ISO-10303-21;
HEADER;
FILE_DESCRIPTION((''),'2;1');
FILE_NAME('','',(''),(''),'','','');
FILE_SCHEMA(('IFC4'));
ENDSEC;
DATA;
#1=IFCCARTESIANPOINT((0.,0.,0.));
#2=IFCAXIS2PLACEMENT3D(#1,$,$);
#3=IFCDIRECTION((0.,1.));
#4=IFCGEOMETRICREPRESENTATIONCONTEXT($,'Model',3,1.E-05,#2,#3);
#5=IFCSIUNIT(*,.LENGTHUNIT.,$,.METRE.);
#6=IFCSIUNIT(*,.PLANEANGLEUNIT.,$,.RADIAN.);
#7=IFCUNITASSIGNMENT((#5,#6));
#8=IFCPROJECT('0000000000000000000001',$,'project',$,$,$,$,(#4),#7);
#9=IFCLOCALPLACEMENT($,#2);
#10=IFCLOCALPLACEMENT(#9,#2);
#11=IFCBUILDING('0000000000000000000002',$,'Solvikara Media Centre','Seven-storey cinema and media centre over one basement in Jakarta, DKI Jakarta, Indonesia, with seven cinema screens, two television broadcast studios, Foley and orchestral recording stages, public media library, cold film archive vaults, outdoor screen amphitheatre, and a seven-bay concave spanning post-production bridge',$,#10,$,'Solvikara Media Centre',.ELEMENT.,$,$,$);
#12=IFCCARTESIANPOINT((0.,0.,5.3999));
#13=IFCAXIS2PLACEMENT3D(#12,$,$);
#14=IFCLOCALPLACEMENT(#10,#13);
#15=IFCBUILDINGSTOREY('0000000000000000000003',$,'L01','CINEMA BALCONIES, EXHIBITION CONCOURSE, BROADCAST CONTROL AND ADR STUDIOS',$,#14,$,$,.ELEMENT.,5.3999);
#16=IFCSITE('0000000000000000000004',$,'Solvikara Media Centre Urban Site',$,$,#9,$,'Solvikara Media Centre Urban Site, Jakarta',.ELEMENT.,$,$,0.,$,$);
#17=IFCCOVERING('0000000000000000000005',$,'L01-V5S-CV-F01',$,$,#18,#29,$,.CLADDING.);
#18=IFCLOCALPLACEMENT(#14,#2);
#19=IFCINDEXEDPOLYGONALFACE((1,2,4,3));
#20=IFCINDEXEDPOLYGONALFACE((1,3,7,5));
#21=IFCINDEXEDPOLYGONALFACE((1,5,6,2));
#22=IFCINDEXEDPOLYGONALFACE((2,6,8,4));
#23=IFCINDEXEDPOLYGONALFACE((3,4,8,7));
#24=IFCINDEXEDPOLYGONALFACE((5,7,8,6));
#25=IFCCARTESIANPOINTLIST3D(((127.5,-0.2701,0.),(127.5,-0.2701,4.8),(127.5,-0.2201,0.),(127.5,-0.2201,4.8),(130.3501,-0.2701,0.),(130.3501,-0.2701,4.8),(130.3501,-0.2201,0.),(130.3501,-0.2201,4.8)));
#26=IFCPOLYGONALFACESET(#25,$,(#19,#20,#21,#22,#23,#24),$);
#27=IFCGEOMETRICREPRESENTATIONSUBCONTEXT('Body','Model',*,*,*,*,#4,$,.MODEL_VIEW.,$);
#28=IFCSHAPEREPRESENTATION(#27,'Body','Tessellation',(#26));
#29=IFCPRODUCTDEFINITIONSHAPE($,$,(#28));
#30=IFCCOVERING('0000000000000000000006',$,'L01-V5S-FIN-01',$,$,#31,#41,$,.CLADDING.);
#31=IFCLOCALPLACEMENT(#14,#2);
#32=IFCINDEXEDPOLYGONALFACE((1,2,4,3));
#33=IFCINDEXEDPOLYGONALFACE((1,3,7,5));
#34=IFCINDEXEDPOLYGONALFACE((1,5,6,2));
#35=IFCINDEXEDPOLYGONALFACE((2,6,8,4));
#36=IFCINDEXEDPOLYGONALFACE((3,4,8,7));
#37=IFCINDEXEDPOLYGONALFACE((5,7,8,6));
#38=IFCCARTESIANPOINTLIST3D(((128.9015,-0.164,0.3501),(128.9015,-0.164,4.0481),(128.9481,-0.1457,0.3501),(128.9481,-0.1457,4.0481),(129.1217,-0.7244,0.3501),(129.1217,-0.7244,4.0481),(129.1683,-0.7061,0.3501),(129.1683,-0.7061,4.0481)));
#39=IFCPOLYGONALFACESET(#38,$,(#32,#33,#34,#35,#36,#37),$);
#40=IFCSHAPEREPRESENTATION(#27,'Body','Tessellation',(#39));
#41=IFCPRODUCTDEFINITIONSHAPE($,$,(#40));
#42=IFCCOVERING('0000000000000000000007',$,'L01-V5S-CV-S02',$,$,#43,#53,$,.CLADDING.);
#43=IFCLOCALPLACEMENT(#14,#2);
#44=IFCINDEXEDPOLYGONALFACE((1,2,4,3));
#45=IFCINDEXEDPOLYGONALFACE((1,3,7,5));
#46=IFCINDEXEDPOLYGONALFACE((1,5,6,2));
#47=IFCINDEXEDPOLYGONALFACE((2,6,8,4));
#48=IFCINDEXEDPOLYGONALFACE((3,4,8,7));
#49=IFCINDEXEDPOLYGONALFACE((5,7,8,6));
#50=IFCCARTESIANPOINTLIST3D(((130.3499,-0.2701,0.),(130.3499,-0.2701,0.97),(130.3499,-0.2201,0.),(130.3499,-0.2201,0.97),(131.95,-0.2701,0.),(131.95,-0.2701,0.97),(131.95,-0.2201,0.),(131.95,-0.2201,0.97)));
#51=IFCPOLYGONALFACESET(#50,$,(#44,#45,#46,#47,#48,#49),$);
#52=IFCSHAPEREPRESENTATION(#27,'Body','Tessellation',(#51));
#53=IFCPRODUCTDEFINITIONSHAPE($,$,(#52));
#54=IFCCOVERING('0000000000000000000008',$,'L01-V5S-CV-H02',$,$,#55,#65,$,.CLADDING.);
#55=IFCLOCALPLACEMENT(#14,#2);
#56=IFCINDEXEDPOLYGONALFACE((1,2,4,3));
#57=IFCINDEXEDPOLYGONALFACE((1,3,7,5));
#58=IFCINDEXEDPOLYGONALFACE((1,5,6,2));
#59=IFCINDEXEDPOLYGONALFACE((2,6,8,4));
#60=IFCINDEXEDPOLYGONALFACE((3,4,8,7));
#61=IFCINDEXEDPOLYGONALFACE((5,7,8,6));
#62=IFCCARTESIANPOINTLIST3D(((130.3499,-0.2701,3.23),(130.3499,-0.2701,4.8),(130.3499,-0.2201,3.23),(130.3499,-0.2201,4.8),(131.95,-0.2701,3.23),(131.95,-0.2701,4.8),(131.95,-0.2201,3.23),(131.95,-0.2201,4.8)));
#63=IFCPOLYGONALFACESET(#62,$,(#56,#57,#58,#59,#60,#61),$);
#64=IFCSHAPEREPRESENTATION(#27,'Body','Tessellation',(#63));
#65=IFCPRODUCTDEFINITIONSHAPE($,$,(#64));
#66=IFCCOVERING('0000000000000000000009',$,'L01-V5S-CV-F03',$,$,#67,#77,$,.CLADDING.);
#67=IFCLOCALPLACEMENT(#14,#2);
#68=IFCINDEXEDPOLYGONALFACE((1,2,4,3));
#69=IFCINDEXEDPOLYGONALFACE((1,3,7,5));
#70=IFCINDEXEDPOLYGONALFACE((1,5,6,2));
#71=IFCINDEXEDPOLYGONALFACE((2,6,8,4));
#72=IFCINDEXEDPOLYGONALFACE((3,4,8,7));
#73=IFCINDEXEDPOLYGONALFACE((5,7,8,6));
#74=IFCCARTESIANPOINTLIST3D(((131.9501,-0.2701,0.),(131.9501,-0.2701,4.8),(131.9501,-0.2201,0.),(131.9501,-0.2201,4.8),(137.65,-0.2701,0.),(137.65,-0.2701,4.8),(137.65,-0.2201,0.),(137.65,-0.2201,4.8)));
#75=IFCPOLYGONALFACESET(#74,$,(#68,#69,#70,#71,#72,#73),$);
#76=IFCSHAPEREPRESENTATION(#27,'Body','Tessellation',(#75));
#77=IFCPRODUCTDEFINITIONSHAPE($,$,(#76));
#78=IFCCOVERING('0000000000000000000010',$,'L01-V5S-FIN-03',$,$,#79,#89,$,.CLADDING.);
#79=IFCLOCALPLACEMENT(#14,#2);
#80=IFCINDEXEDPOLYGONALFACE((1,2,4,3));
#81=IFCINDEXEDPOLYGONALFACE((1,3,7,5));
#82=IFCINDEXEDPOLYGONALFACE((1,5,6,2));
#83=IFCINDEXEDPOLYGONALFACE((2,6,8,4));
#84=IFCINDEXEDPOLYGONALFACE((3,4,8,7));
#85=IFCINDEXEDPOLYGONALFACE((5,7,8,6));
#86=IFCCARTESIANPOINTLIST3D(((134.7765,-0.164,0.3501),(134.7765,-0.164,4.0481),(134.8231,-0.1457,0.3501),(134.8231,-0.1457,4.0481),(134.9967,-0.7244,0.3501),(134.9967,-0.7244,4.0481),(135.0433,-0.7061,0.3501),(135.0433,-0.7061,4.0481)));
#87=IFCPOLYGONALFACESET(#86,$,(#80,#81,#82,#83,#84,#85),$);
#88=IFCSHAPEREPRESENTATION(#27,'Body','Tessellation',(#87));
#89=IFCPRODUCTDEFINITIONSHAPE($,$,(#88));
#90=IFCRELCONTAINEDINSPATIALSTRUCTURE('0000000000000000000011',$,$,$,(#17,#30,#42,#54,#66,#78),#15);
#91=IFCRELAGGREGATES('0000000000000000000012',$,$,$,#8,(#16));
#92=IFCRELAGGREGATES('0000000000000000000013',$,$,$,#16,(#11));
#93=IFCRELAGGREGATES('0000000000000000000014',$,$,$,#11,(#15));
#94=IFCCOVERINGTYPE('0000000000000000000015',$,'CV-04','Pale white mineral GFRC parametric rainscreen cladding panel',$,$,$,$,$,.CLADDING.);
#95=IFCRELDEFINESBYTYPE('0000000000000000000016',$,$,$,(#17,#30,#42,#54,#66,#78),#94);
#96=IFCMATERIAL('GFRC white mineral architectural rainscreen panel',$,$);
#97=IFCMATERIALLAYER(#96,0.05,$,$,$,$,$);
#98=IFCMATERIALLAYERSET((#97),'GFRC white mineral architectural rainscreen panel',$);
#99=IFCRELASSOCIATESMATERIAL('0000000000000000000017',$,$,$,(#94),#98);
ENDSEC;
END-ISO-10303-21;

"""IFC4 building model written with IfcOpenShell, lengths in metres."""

from ifc_helpers import new_model, si_unit, direction, frame, origin, origin_2d, place, context, subcontext, project, spatial, rectangle, extrude, material, layer, layer_set, type_object, element, save


model = new_model("IFC4")

# Units and contexts
model_context = context("Model", 3, precision=1e-05, world=origin(), true_north=direction((0.0, 1.0)))
body_context = subcontext(model_context, "Body", "Model", "MODEL_VIEW")
ifc_project = project(units=[si_unit("LENGTHUNIT", "METRE"), si_unit("PLANEANGLEUNIT", "RADIAN")], contexts=[model_context])

# Site, building, storey
site_placement = place(None, origin())
site = spatial("IfcSite", under=ifc_project, at=site_placement, Name="Solvikara Media Centre Urban Site", LongName="Solvikara Media Centre Urban Site, Jakarta", CompositionType="ELEMENT", RefElevation=0.0)
building_placement = place(site_placement, origin())
building = spatial("IfcBuilding", under=site, at=building_placement, Name="Solvikara Media Centre", Description="Seven-storey cinema and media centre over one basement in Jakarta, DKI Jakarta, Indonesia, with seven cinema screens, two television broadcast studios, Foley and orchestral recording stages, public media library, cold film archive vaults, outdoor screen amphitheatre, and a seven-bay concave spanning post-production bridge", LongName="Solvikara Media Centre", CompositionType="ELEMENT")
storey_placement = place(building_placement, frame((0.0, 0.0, 5.3999)))
storey = spatial("IfcBuildingStorey", under=building, at=storey_placement, Name="L01", Description="CINEMA BALCONIES, EXHIBITION CONCOURSE, BROADCAST CONTROL AND ADR STUDIOS", CompositionType="ELEMENT", Elevation=5.3999)

# Coverings
ifc_material_1 = material(Name="GFRC white mineral architectural rainscreen panel")
ifc_layer_1 = layer(ifc_material_1, 0.05)
ifc_layer_set_1 = layer_set([ifc_layer_1], Name="GFRC white mineral architectural rainscreen panel")
covering_type = type_object("IfcCoveringType", Name="CV-04", Description="Pale white mineral GFRC parametric rainscreen cladding panel", PredefinedType="CLADDING", material=ifc_layer_set_1)
covering_1_placement = place(storey_placement, frame((128.925, -0.2451, 0.0), z_axis=(0.0, 0.0, 1.0), x_axis=(1.0, 0.0, 0.0)))
element("IfcCovering", 1, at=covering_1_placement, inside=storey, type_object=covering_type, Name="L01-V5S-CV-F01", PredefinedType="CLADDING", context=body_context, shape_type="SweptSolid", body=[
    extrude(rectangle(XDim=2.8501, YDim=0.05, at=origin_2d()), origin(), (0.0, 0.0, 1.0), 4.8),
])
covering_2_placement = place(storey_placement, frame((129.0349, -0.4351, 0.3501), z_axis=(0.0, 0.0, 1.0), x_axis=(0.365657, -0.93075, 0.0)))
element("IfcCovering", 2, at=covering_2_placement, inside=storey, type_object=covering_type, Name="L01-V5S-FIN-01", PredefinedType="CLADDING", context=body_context, shape_type="SweptSolid", body=[
    extrude(rectangle(XDim=0.6021, YDim=0.05, at=origin_2d()), origin(), (0.0, 0.0, 1.0), 3.698),
])
covering_3_placement = place(storey_placement, frame((131.1499, -0.2451, 0.0), z_axis=(0.0, 0.0, 1.0), x_axis=(1.0, 0.0, 0.0)))
element("IfcCovering", 3, at=covering_3_placement, inside=storey, type_object=covering_type, Name="L01-V5S-CV-S02", PredefinedType="CLADDING", context=body_context, shape_type="SweptSolid", body=[
    extrude(rectangle(XDim=1.6001, YDim=0.05, at=origin_2d()), origin(), (0.0, 0.0, 1.0), 0.97),
])
covering_4_placement = place(storey_placement, frame((131.1499, -0.2451, 3.23), z_axis=(0.0, 0.0, 1.0), x_axis=(1.0, 0.0, 0.0)))
element("IfcCovering", 4, at=covering_4_placement, inside=storey, type_object=covering_type, Name="L01-V5S-CV-H02", PredefinedType="CLADDING", context=body_context, shape_type="SweptSolid", body=[
    extrude(rectangle(XDim=1.6001, YDim=0.05, at=origin_2d()), origin(), (0.0, 0.0, 1.0), 1.5701),
])
covering_5_placement = place(storey_placement, frame((134.8, -0.2451, 0.0), z_axis=(0.0, 0.0, 1.0), x_axis=(1.0, 0.0, 0.0)))
element("IfcCovering", 5, at=covering_5_placement, inside=storey, type_object=covering_type, Name="L01-V5S-CV-F03", PredefinedType="CLADDING", context=body_context, shape_type="SweptSolid", body=[
    extrude(rectangle(XDim=5.7, YDim=0.05, at=origin_2d()), origin(), (0.0, 0.0, 1.0), 4.8),
])
covering_6_placement = place(storey_placement, frame((134.9099, -0.4351, 0.3501), z_axis=(0.0, 0.0, 1.0), x_axis=(0.365657, -0.93075, 0.0)))
element("IfcCovering", 6, at=covering_6_placement, inside=storey, type_object=covering_type, Name="L01-V5S-FIN-03", PredefinedType="CLADDING", context=body_context, shape_type="SweptSolid", body=[
    extrude(rectangle(XDim=0.6021, YDim=0.05, at=origin_2d()), origin(), (0.0, 0.0, 1.0), 3.698),
])

save(model, "model.ifc")
